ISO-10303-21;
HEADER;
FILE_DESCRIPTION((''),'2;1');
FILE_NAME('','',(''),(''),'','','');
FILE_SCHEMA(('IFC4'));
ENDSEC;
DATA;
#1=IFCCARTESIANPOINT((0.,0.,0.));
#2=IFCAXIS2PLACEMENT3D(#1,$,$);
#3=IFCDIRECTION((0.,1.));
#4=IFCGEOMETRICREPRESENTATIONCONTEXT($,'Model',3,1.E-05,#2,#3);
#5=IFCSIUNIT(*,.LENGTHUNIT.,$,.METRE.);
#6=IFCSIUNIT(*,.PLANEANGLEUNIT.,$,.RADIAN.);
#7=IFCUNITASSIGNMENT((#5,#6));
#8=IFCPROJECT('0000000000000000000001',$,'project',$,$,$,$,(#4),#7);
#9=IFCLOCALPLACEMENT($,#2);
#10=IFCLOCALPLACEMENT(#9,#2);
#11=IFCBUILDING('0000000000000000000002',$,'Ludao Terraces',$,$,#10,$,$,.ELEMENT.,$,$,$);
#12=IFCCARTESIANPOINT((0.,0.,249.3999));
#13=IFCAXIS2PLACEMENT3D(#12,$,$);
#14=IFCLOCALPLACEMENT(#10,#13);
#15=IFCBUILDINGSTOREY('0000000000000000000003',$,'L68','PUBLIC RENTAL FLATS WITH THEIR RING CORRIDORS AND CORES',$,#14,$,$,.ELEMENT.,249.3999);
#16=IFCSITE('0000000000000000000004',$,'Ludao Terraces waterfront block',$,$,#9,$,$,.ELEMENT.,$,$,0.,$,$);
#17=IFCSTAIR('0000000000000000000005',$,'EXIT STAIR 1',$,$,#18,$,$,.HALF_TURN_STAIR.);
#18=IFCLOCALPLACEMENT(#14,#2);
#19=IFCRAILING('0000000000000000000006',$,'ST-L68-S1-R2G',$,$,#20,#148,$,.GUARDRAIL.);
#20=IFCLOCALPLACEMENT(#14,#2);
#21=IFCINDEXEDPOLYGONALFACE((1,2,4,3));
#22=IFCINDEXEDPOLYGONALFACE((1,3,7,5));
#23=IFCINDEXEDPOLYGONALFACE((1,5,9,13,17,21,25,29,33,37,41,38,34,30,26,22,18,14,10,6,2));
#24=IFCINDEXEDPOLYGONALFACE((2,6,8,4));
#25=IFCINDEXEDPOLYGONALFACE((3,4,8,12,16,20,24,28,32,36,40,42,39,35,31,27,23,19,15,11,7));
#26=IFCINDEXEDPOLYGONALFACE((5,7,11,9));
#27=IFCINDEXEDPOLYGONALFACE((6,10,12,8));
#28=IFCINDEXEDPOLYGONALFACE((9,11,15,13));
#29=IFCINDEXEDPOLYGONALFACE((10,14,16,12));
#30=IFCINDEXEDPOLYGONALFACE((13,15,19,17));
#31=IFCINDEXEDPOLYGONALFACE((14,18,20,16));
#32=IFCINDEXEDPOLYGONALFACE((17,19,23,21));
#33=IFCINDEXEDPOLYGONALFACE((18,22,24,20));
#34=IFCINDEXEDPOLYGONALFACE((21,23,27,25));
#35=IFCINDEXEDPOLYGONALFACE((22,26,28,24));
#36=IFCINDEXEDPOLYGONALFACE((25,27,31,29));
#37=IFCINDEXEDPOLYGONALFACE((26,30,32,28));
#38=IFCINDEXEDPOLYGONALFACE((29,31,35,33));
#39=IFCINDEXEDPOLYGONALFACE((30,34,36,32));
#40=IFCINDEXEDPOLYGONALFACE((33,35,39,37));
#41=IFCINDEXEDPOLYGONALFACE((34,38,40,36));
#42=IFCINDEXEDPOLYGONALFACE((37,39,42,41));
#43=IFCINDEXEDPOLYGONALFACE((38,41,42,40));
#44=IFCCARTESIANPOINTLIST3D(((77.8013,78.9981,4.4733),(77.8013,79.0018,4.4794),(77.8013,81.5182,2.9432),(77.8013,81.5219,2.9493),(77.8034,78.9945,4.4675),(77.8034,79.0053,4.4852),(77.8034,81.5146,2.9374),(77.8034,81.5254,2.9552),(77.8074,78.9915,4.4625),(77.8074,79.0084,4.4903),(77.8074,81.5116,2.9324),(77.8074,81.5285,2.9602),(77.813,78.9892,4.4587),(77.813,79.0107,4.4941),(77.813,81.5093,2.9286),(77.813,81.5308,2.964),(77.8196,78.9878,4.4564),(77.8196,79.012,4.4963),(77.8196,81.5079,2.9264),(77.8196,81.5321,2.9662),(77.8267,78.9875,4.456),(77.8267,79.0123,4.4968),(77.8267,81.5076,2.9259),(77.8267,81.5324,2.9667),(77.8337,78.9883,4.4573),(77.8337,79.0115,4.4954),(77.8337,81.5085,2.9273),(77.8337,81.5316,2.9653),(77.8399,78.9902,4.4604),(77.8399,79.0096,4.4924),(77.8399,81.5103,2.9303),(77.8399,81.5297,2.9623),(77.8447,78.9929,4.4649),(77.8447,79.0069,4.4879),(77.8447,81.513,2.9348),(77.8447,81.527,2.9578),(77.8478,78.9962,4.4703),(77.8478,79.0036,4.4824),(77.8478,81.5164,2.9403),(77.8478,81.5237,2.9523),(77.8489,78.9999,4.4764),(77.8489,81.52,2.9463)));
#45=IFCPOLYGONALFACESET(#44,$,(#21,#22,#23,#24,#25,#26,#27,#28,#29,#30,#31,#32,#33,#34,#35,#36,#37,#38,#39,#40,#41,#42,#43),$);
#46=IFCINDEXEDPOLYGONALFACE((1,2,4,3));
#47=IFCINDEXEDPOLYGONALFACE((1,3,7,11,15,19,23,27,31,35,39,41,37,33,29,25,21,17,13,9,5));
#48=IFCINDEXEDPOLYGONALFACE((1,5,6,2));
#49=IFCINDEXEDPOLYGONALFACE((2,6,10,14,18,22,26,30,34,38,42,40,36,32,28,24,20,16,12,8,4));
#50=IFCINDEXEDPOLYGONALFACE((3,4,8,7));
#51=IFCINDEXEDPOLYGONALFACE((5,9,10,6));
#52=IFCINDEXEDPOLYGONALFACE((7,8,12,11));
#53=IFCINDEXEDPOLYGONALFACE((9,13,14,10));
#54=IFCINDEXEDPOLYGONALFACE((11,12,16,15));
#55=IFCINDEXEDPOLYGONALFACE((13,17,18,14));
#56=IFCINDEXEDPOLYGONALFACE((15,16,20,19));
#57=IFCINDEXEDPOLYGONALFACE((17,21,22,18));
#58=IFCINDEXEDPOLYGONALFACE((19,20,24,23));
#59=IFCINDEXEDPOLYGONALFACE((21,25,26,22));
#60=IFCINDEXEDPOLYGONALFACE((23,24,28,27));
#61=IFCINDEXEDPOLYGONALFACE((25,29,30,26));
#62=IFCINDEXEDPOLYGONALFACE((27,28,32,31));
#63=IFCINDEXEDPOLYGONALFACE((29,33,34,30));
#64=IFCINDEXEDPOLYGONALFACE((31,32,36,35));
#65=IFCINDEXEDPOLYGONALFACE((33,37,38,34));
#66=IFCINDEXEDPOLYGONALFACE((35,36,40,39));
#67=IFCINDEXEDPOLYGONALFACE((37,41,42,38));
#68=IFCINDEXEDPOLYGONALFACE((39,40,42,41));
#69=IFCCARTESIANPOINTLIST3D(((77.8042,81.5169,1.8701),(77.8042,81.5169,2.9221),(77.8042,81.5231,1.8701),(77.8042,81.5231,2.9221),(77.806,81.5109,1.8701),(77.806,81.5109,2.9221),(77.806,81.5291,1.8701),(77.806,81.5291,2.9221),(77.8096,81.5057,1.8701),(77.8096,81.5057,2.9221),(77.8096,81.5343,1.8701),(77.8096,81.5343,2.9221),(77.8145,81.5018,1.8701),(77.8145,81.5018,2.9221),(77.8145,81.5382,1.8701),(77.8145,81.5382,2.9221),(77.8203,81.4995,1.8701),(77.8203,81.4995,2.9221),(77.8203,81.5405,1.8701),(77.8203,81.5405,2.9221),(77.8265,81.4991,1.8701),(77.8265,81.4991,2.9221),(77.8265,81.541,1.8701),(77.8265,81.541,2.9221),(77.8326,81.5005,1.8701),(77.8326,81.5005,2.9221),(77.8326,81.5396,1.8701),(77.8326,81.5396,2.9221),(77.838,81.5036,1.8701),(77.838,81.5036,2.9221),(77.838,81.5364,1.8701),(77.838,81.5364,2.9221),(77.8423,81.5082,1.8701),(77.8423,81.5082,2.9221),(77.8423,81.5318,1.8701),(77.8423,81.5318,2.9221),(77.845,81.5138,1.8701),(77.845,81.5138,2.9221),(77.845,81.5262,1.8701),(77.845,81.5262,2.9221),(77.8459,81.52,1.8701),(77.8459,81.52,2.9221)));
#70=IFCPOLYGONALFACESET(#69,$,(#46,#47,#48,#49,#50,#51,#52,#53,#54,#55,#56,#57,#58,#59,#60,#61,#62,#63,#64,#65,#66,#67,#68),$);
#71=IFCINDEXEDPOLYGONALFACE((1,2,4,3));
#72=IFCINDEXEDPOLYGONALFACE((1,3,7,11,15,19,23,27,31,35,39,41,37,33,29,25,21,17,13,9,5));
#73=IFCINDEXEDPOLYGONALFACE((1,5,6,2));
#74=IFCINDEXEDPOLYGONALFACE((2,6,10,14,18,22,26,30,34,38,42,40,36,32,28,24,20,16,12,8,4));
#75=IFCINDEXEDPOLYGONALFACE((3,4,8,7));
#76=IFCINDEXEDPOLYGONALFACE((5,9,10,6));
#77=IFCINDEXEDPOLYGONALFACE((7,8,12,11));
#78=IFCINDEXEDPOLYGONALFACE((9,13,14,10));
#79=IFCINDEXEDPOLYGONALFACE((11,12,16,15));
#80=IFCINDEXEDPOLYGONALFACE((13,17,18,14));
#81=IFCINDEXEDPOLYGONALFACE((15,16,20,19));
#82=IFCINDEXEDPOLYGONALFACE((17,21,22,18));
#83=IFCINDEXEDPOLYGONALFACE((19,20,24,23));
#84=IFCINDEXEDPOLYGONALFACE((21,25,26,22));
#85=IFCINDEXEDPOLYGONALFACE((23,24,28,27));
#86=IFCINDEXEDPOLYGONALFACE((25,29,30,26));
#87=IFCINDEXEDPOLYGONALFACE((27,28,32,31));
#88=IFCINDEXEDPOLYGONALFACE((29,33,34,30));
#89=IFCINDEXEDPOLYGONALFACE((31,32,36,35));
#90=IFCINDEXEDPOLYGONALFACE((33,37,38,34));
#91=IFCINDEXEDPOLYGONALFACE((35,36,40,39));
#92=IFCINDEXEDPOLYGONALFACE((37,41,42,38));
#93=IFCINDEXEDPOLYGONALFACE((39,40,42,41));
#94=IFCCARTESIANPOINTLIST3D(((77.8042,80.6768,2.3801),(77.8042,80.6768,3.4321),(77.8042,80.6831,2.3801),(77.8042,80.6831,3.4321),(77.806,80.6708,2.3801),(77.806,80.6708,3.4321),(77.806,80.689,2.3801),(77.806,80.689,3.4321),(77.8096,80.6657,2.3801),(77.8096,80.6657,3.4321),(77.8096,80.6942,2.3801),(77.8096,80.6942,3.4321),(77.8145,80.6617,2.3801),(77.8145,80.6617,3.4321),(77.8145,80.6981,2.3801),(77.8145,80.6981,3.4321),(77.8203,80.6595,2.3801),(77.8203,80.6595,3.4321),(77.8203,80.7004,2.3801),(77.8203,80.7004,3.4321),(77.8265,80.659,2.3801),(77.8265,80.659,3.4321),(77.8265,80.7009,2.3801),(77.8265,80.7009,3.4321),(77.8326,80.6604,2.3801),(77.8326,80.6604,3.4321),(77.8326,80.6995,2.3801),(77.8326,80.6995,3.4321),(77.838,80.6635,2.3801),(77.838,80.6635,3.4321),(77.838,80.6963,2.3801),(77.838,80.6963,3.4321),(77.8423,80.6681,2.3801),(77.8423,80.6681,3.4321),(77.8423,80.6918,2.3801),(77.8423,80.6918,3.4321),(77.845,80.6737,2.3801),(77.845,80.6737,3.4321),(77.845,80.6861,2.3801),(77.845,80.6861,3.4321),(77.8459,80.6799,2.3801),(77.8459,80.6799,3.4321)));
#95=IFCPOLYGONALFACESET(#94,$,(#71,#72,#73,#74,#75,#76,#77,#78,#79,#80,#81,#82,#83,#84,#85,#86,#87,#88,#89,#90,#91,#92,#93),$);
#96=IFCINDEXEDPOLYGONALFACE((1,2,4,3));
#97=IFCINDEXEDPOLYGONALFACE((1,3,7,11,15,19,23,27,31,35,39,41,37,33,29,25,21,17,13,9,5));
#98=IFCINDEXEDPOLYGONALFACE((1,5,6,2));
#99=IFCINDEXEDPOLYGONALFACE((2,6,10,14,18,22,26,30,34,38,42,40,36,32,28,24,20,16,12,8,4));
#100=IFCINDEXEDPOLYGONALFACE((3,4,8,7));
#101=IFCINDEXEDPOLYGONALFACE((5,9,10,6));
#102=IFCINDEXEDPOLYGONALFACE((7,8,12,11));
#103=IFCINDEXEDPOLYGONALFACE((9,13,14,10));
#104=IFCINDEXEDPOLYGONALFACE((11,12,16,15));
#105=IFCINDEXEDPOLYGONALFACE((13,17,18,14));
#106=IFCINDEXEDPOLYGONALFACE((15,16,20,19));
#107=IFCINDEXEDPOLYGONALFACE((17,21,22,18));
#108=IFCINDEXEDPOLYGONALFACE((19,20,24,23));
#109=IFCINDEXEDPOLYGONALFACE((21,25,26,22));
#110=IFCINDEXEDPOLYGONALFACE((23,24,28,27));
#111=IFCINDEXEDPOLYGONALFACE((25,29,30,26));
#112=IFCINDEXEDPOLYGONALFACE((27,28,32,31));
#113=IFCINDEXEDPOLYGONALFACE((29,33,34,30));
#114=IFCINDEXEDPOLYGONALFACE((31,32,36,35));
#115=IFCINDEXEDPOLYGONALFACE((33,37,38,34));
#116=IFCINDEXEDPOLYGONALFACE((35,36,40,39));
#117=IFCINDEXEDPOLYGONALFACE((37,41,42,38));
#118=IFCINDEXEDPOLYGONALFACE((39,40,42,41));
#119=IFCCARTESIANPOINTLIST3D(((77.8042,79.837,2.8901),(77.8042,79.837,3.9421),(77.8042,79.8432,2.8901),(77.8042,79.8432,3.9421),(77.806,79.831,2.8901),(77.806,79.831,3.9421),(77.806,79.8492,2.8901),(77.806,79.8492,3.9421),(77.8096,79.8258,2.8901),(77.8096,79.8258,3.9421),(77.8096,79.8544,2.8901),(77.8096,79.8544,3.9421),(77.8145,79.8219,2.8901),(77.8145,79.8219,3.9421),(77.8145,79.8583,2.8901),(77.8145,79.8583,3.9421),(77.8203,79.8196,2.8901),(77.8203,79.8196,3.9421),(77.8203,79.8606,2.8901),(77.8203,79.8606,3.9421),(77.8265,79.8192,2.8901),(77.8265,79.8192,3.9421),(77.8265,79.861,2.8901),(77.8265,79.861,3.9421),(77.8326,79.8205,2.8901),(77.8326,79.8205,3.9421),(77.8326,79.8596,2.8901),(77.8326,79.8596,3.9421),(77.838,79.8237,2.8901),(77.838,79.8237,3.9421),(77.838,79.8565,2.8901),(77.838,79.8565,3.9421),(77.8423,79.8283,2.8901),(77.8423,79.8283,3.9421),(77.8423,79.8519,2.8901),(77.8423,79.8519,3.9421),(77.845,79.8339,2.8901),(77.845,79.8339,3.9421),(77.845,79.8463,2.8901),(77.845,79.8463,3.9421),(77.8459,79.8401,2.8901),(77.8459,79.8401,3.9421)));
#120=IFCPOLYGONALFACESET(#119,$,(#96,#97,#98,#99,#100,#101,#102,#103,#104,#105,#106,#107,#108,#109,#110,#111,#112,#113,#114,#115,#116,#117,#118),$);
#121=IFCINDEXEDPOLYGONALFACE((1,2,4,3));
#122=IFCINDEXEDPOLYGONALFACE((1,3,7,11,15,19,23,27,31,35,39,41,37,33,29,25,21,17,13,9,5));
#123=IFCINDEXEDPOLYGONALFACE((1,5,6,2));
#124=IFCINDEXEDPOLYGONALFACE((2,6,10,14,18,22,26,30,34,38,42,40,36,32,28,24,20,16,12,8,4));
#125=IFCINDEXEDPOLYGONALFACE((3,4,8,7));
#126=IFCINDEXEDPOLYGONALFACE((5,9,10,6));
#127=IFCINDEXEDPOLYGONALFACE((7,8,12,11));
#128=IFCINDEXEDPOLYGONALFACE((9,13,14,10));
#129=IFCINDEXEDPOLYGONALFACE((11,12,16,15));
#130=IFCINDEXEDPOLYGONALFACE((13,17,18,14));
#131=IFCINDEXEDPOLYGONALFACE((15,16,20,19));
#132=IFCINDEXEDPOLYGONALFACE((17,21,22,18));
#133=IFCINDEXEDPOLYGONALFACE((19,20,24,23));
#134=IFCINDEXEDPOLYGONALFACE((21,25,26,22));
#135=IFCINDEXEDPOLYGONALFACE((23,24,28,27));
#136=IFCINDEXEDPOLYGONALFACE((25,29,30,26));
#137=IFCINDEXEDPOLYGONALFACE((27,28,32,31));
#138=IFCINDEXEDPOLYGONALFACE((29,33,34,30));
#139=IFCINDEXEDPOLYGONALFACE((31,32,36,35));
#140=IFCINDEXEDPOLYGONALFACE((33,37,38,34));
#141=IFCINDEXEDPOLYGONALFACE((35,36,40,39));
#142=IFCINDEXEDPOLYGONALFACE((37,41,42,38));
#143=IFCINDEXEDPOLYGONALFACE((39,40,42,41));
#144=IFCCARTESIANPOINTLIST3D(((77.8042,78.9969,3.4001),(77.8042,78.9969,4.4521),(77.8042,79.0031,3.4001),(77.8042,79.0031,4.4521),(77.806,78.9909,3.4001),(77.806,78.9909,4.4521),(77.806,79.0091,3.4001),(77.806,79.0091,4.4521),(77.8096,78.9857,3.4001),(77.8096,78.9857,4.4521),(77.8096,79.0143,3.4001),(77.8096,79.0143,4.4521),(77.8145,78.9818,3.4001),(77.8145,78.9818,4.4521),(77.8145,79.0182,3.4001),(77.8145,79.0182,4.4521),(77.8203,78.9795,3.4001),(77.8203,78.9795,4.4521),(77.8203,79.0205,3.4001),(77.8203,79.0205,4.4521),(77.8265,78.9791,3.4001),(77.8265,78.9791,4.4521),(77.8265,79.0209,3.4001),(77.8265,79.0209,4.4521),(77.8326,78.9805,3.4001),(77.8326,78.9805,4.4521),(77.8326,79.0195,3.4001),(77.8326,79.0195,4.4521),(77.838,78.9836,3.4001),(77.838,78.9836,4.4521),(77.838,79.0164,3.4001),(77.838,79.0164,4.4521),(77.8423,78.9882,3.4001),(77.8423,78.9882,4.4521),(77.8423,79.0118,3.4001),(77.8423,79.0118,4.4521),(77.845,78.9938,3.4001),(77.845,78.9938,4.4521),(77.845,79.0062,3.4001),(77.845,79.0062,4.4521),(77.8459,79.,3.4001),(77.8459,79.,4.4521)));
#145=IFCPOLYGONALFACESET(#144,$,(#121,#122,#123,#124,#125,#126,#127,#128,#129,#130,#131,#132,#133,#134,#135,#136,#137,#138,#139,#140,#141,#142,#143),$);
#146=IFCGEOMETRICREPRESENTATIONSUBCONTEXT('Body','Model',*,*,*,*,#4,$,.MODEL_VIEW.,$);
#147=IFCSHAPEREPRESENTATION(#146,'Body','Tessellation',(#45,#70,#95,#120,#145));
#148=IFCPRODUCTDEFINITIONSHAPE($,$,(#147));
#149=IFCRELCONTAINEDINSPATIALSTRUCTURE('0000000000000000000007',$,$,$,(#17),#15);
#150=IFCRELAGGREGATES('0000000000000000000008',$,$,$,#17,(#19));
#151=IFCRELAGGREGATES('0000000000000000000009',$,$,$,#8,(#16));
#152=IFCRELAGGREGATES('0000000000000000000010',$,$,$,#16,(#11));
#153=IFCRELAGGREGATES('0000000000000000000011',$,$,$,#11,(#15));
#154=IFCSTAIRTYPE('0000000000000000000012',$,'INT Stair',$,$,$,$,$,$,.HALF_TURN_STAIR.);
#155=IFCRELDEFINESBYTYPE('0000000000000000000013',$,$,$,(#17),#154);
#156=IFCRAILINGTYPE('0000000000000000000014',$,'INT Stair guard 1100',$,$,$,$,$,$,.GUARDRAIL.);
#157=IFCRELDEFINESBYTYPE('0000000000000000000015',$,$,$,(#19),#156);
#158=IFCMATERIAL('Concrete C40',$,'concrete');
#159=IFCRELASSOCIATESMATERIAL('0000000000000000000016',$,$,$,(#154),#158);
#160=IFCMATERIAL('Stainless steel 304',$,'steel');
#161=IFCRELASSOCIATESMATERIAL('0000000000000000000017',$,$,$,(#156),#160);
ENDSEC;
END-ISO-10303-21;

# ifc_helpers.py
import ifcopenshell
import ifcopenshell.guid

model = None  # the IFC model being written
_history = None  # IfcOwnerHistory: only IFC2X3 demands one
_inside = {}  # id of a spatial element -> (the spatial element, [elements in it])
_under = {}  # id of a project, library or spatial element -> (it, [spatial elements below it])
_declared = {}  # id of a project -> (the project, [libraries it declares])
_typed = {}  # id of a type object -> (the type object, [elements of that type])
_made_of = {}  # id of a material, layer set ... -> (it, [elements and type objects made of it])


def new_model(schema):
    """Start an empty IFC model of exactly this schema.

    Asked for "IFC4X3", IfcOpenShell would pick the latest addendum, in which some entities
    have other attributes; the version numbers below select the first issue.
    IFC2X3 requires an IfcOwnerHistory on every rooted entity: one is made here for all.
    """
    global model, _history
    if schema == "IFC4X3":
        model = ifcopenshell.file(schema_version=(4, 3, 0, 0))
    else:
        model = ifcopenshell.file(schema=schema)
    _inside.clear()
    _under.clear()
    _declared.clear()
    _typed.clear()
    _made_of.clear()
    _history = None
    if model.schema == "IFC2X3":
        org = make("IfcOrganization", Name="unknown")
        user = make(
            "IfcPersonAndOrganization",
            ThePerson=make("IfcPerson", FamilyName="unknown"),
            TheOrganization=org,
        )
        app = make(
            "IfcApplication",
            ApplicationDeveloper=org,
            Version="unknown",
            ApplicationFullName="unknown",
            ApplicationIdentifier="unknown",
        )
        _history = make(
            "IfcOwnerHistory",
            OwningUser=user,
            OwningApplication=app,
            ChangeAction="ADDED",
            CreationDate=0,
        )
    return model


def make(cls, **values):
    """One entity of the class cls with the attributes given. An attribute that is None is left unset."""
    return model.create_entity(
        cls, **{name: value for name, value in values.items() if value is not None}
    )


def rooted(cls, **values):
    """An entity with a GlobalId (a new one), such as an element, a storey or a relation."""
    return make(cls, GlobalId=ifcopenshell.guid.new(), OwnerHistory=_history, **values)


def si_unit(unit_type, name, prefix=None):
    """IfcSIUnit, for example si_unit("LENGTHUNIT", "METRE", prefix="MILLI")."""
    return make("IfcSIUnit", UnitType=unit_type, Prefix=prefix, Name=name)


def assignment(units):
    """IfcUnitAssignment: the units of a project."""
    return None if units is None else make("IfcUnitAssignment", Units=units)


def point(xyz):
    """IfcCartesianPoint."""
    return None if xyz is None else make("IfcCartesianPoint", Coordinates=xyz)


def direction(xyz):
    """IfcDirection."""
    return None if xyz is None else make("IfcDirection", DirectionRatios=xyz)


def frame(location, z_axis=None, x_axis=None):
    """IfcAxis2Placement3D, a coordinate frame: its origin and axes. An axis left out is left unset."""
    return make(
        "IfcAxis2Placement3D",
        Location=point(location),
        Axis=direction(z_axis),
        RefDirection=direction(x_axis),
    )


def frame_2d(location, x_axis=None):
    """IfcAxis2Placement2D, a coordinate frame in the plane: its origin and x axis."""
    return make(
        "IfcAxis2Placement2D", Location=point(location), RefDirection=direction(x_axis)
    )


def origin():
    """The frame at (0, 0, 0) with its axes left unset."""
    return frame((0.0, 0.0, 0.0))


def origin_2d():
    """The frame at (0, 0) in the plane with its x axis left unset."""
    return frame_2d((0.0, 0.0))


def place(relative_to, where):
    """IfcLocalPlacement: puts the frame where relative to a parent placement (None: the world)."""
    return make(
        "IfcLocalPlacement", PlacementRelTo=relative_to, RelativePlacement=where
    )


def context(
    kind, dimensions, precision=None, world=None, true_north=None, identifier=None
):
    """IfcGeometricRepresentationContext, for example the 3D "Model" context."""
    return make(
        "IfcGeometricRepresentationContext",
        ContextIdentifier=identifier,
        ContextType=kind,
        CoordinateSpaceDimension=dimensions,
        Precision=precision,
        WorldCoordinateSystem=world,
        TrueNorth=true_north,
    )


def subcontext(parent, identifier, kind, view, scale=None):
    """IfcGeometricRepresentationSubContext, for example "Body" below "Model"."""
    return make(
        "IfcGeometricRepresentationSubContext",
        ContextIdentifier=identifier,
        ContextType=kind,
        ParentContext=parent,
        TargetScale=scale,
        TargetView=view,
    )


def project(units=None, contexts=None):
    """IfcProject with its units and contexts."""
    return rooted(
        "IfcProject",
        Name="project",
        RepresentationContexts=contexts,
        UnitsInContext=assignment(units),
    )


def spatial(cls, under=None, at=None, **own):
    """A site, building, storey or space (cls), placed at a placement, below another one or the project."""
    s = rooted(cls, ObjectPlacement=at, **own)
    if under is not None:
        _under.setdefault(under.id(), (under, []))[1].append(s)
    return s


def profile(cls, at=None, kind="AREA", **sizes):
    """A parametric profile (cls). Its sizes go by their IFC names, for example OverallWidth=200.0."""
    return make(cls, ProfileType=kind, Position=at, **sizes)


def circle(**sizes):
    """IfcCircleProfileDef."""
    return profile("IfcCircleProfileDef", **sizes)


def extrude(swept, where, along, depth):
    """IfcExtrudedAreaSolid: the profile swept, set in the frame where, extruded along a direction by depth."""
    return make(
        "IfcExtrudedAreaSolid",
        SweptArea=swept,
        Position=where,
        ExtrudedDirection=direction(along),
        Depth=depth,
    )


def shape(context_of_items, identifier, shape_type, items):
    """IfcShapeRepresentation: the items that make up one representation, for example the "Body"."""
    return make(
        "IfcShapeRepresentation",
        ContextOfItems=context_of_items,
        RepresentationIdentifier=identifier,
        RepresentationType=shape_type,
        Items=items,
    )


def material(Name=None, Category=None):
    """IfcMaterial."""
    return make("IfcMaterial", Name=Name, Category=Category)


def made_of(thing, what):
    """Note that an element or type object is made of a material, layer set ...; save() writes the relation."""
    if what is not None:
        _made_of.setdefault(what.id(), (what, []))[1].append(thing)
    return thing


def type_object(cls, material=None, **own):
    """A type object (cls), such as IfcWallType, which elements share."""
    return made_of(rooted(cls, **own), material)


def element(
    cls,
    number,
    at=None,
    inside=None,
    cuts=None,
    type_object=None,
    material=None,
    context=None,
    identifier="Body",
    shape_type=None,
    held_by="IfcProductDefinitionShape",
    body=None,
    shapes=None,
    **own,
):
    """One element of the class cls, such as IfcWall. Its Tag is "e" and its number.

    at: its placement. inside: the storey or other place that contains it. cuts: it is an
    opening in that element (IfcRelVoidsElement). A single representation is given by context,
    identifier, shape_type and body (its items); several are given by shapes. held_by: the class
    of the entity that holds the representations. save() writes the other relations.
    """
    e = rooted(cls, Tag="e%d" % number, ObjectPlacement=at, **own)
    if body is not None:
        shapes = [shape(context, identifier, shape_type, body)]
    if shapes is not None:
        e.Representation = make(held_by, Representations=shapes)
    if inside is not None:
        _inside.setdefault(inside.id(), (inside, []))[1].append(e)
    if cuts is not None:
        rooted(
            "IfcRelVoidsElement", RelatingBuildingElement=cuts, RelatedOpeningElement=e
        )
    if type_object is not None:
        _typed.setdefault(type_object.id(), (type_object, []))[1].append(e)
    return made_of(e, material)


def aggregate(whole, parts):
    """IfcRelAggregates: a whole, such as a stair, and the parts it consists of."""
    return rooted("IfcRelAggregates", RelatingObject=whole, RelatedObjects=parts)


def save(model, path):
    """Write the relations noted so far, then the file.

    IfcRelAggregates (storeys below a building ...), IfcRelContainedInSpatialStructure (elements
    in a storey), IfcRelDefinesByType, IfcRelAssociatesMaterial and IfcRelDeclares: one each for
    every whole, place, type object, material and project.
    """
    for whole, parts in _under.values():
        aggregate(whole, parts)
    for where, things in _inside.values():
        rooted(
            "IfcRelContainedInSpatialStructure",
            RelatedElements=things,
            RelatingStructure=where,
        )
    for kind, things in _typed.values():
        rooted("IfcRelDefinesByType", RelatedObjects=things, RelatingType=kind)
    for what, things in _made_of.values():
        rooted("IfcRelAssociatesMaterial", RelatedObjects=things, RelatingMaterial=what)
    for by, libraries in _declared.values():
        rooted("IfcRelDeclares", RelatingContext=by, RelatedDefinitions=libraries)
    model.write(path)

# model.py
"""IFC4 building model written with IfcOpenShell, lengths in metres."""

from ifc_helpers import new_model, si_unit, direction, frame, origin, origin_2d, place, context, subcontext, project, spatial, circle, extrude, material, type_object, element, aggregate, save


model = new_model("IFC4")

# Units and contexts
model_context = context("Model", 3, precision=1e-05, world=origin(), true_north=direction((0.0, 1.0)))
body_context = subcontext(model_context, "Body", "Model", "MODEL_VIEW")
ifc_project = project(units=[si_unit("LENGTHUNIT", "METRE"), si_unit("PLANEANGLEUNIT", "RADIAN")], contexts=[model_context])

# Site, building, storey
site_placement = place(None, origin())
site = spatial("IfcSite", under=ifc_project, at=site_placement, Name="Ludao Terraces waterfront block", CompositionType="ELEMENT", RefElevation=0.0)
building_placement = place(site_placement, origin())
building = spatial("IfcBuilding", under=site, at=building_placement, Name="Ludao Terraces", CompositionType="ELEMENT")
storey_placement = place(building_placement, frame((0.0, 0.0, 249.3999)))
storey = spatial("IfcBuildingStorey", under=building, at=storey_placement, Name="L68", Description="PUBLIC RENTAL FLATS WITH THEIR RING CORRIDORS AND CORES", CompositionType="ELEMENT", Elevation=249.3999)

# Shared definitions
ifc_material_1 = material(Name="Stainless steel 304", Category="steel")

# Stair, railing
ifc_material_2 = material(Name="Concrete C40", Category="concrete")
stair_type = type_object("IfcStairType", Name="INT Stair", PredefinedType="HALF_TURN_STAIR", material=ifc_material_2)
stair_placement = place(storey_placement, origin())
stair = element("IfcStair", 1, at=stair_placement, inside=storey, type_object=stair_type, Name="EXIT STAIR 1", PredefinedType="HALF_TURN_STAIR")
railing_type_1 = type_object("IfcRailingType", Name="INT Stair guard 1100", PredefinedType="GUARDRAIL", material=ifc_material_1)
railing_1_placement = place(storey_placement, frame((77.825, 81.52, 1.8701)))
railing_1 = element("IfcRailing", 2, at=railing_1_placement, type_object=railing_type_1, Name="ST-L68-S1-R2G", PredefinedType="GUARDRAIL", context=body_context, shape_type="SweptSolid", body=[
    extrude(circle(Radius=0.0239, at=origin_2d()), frame((0.0, 0.0, 1.0762), z_axis=(0.0, -0.854785, 0.518982), x_axis=(1.0, 0.0, 0.0)), (0.0, 0.0, 1.0), 2.9482),
    extrude(circle(Radius=0.021, at=origin_2d()), origin(), (0.0, 0.0, 1.0), 1.052),
    extrude(circle(Radius=0.021, at=origin_2d()), frame((0.0, -0.8401, 0.51)), (0.0, 0.0, 1.0), 1.052),
    extrude(circle(Radius=0.021, at=origin_2d()), frame((0.0, -1.6799, 1.02)), (0.0, 0.0, 1.0), 1.052),
    extrude(circle(Radius=0.021, at=origin_2d()), frame((0.0, -2.52, 1.53)), (0.0, 0.0, 1.0), 1.052),
])
aggregate(stair, [railing_1])

save(model, "model.ifc")
